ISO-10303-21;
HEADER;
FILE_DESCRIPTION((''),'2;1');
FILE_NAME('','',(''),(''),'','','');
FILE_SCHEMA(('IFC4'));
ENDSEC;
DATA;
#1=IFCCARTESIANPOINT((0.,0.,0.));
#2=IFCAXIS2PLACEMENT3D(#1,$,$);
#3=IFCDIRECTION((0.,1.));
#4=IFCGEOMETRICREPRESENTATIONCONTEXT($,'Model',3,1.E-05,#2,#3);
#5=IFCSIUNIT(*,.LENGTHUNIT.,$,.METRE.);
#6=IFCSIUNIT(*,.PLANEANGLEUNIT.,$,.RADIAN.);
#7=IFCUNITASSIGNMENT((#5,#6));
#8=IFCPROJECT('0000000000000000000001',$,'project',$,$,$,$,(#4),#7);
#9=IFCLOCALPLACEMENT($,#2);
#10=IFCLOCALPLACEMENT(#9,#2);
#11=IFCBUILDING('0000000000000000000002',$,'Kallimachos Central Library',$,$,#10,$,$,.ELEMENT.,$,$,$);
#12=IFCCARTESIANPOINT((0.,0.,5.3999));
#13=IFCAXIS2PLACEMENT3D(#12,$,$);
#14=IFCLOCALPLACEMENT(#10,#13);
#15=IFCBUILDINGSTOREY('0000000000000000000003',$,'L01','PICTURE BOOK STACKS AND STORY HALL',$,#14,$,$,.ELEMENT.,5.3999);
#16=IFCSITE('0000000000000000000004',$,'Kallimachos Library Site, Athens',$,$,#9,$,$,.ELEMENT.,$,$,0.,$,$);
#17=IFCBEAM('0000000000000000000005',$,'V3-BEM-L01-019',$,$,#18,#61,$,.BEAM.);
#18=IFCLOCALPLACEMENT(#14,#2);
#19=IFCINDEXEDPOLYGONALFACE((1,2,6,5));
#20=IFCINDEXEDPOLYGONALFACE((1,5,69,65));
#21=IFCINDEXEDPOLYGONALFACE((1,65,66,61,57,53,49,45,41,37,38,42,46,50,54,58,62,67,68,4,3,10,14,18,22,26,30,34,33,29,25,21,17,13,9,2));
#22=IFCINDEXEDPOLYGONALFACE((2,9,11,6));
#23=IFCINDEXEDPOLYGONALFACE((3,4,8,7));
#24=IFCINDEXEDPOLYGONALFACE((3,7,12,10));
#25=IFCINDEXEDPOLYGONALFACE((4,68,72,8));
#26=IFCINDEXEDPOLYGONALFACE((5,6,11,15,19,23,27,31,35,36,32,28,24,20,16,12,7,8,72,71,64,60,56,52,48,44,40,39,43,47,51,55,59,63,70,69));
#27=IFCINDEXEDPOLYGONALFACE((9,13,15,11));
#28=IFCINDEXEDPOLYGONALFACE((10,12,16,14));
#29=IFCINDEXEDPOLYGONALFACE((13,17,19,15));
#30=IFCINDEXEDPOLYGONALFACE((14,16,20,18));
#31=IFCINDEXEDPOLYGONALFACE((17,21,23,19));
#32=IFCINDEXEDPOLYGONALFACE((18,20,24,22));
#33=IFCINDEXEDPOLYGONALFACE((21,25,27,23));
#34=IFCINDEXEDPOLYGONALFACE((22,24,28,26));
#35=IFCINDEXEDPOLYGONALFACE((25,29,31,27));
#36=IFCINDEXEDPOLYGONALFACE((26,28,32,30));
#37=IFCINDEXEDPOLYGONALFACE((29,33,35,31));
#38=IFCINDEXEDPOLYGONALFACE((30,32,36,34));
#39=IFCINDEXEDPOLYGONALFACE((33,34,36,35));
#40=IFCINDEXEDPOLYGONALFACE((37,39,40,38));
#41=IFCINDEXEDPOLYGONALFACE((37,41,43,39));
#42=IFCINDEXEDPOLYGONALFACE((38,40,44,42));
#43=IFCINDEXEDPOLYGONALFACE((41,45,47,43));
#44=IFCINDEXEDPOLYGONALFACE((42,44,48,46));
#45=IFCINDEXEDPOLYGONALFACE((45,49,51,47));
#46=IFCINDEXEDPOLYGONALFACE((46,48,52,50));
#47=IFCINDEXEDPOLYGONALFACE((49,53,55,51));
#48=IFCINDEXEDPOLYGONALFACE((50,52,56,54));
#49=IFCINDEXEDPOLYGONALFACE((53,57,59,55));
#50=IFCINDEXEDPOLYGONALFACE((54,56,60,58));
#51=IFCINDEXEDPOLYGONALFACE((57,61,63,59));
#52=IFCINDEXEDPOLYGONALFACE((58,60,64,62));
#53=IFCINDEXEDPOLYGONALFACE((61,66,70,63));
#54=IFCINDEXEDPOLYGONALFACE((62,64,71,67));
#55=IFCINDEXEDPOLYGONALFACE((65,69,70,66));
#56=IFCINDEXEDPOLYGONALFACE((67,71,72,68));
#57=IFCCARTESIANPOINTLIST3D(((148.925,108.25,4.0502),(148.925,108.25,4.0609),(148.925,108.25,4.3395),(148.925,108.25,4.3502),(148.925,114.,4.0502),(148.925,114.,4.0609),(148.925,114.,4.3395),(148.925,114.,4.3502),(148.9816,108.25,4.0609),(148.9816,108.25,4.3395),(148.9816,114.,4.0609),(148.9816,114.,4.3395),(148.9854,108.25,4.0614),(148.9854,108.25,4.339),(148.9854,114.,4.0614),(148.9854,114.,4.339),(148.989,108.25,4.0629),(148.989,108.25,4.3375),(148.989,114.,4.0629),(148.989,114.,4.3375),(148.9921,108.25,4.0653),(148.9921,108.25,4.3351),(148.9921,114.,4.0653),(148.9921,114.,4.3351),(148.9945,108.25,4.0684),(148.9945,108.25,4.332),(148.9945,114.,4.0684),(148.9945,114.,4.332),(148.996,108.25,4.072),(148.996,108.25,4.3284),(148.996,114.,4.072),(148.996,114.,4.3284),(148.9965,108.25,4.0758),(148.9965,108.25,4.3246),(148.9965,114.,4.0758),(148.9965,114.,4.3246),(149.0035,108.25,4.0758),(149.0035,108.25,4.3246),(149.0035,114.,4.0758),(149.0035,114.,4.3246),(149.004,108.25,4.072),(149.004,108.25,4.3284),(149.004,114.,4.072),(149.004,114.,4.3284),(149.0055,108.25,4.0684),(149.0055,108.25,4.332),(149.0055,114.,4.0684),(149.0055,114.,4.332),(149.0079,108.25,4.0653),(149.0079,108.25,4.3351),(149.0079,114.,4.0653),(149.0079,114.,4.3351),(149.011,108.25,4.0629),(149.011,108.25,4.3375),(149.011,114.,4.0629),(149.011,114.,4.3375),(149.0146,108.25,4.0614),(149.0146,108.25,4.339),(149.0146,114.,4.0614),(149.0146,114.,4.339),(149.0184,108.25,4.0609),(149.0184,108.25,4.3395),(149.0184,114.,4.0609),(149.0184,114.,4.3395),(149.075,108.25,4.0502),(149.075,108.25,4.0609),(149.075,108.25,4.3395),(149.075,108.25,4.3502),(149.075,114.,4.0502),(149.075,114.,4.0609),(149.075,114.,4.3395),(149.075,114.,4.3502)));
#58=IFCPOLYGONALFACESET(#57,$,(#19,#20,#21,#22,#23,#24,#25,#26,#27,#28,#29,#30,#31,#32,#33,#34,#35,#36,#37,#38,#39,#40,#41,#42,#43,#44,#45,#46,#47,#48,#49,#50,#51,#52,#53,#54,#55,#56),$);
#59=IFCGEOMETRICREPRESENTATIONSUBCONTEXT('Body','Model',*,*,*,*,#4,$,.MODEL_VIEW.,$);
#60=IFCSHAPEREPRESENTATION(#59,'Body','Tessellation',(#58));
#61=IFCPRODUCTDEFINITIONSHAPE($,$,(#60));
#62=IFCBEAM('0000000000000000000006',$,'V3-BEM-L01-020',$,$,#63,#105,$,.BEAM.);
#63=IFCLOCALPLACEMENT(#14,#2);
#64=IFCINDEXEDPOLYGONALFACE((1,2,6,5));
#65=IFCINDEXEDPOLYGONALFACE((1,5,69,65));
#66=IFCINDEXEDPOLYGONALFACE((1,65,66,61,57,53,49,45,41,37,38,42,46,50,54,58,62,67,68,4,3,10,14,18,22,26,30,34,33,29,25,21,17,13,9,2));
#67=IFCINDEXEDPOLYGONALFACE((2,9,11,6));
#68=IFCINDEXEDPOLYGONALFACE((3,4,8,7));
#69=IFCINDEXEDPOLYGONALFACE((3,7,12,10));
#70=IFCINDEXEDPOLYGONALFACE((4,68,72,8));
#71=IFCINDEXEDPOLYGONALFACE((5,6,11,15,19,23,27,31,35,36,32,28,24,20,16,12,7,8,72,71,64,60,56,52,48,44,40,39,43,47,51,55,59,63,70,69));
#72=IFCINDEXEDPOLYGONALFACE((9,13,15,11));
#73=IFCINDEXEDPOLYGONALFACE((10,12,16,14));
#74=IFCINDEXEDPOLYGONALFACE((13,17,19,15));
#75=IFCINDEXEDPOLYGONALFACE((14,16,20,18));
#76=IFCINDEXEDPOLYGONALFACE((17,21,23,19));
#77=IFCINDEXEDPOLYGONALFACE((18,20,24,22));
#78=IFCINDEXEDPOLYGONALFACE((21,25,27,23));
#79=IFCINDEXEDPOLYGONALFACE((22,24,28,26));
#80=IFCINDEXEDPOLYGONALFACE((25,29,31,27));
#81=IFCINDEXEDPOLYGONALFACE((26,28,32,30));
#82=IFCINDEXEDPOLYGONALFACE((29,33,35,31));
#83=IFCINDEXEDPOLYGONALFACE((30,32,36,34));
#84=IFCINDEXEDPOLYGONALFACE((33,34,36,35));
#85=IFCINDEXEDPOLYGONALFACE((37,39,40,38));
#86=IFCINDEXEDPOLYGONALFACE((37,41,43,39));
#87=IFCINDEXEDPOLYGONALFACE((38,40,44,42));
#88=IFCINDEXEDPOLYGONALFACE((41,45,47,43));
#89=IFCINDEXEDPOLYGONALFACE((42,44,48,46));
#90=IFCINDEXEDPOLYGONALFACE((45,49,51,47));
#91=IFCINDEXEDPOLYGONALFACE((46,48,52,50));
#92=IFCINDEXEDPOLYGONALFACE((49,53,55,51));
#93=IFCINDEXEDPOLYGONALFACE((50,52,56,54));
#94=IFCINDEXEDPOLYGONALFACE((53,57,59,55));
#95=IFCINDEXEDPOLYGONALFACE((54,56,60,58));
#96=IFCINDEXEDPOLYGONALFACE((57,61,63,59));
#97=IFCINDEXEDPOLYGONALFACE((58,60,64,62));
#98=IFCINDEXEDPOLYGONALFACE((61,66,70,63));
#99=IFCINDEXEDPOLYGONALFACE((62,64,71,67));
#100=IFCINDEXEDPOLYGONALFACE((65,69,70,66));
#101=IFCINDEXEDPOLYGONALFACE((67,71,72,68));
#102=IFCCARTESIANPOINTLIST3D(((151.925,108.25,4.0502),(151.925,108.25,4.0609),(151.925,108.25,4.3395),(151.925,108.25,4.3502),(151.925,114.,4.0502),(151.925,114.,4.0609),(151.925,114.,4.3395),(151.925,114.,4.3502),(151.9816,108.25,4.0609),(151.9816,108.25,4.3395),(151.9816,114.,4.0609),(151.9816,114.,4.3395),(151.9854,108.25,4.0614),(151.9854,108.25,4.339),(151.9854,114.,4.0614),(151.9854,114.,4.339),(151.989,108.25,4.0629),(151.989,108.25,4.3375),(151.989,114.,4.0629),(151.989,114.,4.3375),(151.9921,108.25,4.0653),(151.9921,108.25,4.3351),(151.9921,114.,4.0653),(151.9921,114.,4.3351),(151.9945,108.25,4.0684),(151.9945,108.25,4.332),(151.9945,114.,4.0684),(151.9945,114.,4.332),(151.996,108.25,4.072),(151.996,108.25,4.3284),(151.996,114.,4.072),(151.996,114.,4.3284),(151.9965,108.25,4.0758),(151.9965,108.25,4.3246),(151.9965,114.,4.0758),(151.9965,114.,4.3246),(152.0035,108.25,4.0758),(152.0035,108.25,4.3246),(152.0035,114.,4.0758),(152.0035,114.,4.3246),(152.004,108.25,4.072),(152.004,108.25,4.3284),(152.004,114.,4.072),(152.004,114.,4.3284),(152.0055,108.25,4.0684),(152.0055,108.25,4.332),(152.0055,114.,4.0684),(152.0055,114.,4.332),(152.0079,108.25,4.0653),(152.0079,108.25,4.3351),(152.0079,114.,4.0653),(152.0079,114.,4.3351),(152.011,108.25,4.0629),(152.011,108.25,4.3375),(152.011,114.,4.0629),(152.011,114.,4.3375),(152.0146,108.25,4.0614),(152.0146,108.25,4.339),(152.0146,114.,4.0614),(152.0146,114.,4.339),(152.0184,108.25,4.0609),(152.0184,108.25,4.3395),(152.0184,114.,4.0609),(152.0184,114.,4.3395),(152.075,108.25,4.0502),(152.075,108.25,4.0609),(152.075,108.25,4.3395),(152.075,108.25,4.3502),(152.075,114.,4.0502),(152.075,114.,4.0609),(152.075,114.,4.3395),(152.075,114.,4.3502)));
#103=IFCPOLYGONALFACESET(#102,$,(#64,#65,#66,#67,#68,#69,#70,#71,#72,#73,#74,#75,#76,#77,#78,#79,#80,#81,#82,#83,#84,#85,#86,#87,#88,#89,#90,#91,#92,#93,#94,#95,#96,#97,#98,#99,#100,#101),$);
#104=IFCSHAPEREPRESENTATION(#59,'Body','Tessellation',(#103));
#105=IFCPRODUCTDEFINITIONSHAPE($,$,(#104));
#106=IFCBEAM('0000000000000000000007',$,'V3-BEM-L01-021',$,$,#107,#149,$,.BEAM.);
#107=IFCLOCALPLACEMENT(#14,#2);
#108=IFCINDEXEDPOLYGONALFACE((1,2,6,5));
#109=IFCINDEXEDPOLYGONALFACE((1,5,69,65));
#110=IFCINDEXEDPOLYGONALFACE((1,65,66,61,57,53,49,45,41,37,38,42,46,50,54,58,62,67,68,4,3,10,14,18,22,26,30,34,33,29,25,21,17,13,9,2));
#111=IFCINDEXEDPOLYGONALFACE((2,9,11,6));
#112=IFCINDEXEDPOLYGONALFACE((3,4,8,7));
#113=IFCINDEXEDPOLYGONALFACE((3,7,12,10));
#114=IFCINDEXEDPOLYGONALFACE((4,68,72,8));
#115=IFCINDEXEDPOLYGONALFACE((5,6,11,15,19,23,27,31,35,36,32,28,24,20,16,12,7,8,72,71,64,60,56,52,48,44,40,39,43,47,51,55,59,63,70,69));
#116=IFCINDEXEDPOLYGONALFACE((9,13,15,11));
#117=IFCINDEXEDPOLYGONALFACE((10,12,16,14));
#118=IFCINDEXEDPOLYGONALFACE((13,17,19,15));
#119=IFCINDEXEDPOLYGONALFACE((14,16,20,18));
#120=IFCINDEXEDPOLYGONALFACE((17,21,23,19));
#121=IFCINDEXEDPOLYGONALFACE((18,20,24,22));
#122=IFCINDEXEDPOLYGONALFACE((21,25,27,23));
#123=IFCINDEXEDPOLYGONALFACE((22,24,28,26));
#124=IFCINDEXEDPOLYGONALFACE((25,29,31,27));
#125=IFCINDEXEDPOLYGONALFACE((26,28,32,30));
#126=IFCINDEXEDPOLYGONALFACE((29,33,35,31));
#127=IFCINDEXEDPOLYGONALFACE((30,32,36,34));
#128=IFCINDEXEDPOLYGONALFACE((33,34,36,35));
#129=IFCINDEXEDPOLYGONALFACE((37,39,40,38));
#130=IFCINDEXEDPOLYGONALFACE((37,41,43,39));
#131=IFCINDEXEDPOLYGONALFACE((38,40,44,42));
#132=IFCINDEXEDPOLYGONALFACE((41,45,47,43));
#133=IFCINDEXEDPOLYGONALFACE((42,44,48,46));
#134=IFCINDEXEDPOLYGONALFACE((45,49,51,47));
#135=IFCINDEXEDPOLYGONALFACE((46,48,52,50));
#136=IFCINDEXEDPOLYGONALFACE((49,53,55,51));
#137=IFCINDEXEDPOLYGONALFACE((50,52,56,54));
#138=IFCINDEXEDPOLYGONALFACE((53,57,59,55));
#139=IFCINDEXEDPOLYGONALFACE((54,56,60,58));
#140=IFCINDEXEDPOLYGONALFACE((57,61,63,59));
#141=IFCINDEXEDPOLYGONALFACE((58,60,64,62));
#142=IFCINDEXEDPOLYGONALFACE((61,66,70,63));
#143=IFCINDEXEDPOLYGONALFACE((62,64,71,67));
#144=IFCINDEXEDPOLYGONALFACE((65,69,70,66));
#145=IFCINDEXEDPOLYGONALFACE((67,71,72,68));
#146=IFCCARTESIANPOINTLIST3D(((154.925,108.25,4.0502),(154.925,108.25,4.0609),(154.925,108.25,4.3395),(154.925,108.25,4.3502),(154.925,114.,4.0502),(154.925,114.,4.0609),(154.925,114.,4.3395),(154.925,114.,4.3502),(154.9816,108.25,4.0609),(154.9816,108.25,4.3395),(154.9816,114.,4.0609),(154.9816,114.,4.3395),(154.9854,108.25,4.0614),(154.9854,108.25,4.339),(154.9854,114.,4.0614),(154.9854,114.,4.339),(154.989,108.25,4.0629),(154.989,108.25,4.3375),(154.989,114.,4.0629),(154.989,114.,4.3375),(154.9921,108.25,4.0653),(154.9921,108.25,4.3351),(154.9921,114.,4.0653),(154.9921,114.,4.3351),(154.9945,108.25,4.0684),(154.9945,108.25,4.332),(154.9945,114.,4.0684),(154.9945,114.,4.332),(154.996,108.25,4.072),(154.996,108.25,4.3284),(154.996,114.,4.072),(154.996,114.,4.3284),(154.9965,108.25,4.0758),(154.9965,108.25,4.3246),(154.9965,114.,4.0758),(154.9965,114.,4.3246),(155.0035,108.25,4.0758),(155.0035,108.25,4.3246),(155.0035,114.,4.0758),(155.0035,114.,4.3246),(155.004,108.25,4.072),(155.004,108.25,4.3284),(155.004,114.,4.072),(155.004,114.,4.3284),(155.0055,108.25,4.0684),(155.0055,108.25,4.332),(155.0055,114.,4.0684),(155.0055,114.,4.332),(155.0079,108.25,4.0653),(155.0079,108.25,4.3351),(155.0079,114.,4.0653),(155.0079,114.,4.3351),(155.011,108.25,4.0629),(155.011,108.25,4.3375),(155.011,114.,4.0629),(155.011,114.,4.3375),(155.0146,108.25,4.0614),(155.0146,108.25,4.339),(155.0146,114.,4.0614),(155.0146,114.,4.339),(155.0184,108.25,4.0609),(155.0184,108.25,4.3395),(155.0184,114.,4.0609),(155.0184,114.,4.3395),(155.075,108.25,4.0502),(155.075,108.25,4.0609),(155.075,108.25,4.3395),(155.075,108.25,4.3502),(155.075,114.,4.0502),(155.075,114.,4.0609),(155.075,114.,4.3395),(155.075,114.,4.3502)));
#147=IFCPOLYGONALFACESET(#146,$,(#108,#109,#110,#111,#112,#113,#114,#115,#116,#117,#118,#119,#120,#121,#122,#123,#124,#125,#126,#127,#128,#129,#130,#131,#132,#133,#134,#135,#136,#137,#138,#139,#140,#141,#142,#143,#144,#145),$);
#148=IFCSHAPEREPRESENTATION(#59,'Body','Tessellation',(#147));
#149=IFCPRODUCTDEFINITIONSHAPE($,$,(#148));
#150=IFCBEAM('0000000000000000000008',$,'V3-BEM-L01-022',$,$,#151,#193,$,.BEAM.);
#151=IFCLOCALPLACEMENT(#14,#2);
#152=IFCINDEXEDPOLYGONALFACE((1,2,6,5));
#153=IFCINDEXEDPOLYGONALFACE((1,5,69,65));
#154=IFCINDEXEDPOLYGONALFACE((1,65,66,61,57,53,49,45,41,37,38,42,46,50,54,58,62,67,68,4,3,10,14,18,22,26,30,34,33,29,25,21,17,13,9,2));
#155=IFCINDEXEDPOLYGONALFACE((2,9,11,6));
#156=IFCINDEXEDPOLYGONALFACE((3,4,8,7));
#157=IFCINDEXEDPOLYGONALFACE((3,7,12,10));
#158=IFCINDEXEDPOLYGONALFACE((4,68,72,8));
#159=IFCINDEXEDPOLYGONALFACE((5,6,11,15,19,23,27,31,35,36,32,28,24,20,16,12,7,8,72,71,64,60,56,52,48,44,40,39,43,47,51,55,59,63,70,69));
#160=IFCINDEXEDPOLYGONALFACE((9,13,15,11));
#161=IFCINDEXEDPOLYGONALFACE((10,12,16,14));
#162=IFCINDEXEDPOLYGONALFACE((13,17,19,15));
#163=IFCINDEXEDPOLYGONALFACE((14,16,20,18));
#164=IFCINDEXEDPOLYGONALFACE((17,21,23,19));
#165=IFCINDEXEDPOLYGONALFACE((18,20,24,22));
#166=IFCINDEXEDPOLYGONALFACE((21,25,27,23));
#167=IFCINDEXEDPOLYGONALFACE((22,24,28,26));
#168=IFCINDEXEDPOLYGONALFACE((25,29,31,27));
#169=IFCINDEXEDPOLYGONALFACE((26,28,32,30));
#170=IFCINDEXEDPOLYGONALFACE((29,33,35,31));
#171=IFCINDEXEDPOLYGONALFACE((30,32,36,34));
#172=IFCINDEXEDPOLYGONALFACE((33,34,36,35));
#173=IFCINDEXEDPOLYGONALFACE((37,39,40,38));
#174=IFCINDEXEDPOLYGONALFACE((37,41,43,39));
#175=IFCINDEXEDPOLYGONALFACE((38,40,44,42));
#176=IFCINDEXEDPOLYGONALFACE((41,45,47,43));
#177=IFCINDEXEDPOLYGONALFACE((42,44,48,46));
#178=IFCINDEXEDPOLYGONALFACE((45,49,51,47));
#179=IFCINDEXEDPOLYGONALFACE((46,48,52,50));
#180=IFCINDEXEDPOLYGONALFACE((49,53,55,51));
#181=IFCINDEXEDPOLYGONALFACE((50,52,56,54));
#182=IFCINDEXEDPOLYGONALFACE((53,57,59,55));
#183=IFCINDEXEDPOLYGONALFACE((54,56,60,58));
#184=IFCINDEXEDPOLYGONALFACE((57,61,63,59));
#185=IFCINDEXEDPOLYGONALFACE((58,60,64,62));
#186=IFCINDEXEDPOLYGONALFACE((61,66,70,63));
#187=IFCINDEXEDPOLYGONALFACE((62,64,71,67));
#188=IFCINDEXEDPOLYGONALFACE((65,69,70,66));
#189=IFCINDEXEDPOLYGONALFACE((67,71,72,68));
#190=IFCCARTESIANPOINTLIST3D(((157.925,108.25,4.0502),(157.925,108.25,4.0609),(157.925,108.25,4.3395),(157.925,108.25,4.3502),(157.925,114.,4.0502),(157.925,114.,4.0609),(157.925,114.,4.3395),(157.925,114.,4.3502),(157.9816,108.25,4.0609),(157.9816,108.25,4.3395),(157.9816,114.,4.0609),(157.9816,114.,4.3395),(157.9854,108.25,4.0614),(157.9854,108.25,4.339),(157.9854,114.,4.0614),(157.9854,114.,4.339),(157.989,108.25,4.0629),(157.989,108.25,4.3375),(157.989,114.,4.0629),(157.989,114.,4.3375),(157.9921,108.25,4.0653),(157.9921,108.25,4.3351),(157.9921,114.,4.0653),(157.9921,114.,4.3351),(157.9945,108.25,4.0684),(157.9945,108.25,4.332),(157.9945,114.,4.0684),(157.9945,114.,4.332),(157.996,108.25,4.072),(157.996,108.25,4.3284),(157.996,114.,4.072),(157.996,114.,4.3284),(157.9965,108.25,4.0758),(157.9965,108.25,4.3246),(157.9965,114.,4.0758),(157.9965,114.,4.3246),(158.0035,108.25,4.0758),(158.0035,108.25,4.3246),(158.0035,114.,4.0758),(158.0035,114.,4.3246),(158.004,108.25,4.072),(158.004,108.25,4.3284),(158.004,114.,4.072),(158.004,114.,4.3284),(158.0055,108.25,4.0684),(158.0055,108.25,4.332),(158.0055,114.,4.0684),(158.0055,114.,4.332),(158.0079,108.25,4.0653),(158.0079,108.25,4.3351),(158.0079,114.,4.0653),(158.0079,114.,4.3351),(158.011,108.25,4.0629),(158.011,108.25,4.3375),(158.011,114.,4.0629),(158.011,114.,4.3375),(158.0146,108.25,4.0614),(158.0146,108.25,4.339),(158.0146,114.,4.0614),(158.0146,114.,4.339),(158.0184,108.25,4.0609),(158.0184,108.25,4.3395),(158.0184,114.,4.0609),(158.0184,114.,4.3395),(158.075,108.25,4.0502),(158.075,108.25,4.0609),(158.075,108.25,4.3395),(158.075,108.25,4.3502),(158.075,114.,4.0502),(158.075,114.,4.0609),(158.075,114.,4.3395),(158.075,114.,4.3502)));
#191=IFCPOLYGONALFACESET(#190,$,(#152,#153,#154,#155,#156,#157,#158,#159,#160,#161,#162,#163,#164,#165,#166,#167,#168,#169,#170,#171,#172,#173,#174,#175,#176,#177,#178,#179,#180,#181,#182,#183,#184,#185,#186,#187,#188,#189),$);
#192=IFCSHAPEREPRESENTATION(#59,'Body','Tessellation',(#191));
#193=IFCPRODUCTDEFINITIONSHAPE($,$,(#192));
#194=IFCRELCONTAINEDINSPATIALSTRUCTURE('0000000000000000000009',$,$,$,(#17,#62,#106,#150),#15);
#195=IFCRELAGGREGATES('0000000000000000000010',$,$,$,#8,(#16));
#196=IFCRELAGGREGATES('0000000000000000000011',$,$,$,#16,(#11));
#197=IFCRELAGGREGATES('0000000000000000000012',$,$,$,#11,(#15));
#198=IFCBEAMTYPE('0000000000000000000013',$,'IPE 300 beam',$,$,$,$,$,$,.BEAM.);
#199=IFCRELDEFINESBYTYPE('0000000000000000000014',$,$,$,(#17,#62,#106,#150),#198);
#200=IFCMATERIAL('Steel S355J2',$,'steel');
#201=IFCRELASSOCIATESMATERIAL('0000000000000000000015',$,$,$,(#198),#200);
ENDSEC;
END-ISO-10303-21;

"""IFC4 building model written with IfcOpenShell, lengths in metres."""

from ifc_helpers import new_model, si_unit, direction, frame, origin, origin_2d, place, context, subcontext, project, spatial, i_section, extrude, material, material_profile, profile_set, type_object, element, save


model = new_model("IFC4")

# Units and contexts
model_context = context("Model", 3, precision=1e-05, world=origin(), true_north=direction((0.0, 1.0)))
body_context = subcontext(model_context, "Body", "Model", "MODEL_VIEW")
ifc_project = project(units=[si_unit("LENGTHUNIT", "METRE"), si_unit("PLANEANGLEUNIT", "RADIAN")], contexts=[model_context])

# Site, building, storey
site_placement = place(None, origin())
site = spatial("IfcSite", under=ifc_project, at=site_placement, Name="Kallimachos Library Site, Athens", CompositionType="ELEMENT", RefElevation=0.0)
building_placement = place(site_placement, origin())
building = spatial("IfcBuilding", under=site, at=building_placement, Name="Kallimachos Central Library", CompositionType="ELEMENT")
storey_placement = place(building_placement, frame((0.0, 0.0, 5.3999)))
storey = spatial("IfcBuildingStorey", under=building, at=storey_placement, Name="L01", Description="PICTURE BOOK STACKS AND STORY HALL", CompositionType="ELEMENT", Elevation=5.3999)

# Beams
ifc_material_1 = material(Name="Steel S355J2", Category="steel")
ifc_material_profile_1 = material_profile(ifc_material_1, i_section(OverallWidth=0.1499, OverallDepth=0.3, WebThickness=0.0071, FlangeThickness=0.0107, FilletRadius=0.0149, at=origin_2d()), Name="IPE 300")
ifc_profile_set_1 = profile_set([ifc_material_profile_1], Name="Steel S355J2")
beam_type = type_object("IfcBeamType", Name="IPE 300 beam", PredefinedType="BEAM", material=ifc_profile_set_1)
for number, where, z_axis, x_axis, name in (
    (1, (149.0, 108.25, 4.2002), (0.0, 1.0, 0.0), (-1.0, 0.0, 0.0), "V3-BEM-L01-019"),
    (2, (152.0, 108.25, 4.2002), (0.0, 1.0, 0.0), (-1.0, 0.0, 0.0), "V3-BEM-L01-020"),
    (3, (155.0, 108.25, 4.2002), (0.0, 1.0, 0.0), (-1.0, 0.0, 0.0), "V3-BEM-L01-021"),
    (4, (158.0, 108.25, 4.2002), (0.0, 1.0, 0.0), (-1.0, 0.0, 0.0), "V3-BEM-L01-022"),
):
    element("IfcBeam", number, at=place(storey_placement, frame(where, z_axis=z_axis, x_axis=x_axis)), inside=storey, type_object=beam_type, Name=name, PredefinedType="BEAM", context=body_context, shape_type="SweptSolid", body=[
        extrude(i_section(OverallWidth=0.1499, OverallDepth=0.3, WebThickness=0.0071, FlangeThickness=0.0107, FilletRadius=0.0149, at=origin_2d()), origin(), (0.0, 0.0, 1.0), 5.75),
    ])

save(model, "model.ifc")
